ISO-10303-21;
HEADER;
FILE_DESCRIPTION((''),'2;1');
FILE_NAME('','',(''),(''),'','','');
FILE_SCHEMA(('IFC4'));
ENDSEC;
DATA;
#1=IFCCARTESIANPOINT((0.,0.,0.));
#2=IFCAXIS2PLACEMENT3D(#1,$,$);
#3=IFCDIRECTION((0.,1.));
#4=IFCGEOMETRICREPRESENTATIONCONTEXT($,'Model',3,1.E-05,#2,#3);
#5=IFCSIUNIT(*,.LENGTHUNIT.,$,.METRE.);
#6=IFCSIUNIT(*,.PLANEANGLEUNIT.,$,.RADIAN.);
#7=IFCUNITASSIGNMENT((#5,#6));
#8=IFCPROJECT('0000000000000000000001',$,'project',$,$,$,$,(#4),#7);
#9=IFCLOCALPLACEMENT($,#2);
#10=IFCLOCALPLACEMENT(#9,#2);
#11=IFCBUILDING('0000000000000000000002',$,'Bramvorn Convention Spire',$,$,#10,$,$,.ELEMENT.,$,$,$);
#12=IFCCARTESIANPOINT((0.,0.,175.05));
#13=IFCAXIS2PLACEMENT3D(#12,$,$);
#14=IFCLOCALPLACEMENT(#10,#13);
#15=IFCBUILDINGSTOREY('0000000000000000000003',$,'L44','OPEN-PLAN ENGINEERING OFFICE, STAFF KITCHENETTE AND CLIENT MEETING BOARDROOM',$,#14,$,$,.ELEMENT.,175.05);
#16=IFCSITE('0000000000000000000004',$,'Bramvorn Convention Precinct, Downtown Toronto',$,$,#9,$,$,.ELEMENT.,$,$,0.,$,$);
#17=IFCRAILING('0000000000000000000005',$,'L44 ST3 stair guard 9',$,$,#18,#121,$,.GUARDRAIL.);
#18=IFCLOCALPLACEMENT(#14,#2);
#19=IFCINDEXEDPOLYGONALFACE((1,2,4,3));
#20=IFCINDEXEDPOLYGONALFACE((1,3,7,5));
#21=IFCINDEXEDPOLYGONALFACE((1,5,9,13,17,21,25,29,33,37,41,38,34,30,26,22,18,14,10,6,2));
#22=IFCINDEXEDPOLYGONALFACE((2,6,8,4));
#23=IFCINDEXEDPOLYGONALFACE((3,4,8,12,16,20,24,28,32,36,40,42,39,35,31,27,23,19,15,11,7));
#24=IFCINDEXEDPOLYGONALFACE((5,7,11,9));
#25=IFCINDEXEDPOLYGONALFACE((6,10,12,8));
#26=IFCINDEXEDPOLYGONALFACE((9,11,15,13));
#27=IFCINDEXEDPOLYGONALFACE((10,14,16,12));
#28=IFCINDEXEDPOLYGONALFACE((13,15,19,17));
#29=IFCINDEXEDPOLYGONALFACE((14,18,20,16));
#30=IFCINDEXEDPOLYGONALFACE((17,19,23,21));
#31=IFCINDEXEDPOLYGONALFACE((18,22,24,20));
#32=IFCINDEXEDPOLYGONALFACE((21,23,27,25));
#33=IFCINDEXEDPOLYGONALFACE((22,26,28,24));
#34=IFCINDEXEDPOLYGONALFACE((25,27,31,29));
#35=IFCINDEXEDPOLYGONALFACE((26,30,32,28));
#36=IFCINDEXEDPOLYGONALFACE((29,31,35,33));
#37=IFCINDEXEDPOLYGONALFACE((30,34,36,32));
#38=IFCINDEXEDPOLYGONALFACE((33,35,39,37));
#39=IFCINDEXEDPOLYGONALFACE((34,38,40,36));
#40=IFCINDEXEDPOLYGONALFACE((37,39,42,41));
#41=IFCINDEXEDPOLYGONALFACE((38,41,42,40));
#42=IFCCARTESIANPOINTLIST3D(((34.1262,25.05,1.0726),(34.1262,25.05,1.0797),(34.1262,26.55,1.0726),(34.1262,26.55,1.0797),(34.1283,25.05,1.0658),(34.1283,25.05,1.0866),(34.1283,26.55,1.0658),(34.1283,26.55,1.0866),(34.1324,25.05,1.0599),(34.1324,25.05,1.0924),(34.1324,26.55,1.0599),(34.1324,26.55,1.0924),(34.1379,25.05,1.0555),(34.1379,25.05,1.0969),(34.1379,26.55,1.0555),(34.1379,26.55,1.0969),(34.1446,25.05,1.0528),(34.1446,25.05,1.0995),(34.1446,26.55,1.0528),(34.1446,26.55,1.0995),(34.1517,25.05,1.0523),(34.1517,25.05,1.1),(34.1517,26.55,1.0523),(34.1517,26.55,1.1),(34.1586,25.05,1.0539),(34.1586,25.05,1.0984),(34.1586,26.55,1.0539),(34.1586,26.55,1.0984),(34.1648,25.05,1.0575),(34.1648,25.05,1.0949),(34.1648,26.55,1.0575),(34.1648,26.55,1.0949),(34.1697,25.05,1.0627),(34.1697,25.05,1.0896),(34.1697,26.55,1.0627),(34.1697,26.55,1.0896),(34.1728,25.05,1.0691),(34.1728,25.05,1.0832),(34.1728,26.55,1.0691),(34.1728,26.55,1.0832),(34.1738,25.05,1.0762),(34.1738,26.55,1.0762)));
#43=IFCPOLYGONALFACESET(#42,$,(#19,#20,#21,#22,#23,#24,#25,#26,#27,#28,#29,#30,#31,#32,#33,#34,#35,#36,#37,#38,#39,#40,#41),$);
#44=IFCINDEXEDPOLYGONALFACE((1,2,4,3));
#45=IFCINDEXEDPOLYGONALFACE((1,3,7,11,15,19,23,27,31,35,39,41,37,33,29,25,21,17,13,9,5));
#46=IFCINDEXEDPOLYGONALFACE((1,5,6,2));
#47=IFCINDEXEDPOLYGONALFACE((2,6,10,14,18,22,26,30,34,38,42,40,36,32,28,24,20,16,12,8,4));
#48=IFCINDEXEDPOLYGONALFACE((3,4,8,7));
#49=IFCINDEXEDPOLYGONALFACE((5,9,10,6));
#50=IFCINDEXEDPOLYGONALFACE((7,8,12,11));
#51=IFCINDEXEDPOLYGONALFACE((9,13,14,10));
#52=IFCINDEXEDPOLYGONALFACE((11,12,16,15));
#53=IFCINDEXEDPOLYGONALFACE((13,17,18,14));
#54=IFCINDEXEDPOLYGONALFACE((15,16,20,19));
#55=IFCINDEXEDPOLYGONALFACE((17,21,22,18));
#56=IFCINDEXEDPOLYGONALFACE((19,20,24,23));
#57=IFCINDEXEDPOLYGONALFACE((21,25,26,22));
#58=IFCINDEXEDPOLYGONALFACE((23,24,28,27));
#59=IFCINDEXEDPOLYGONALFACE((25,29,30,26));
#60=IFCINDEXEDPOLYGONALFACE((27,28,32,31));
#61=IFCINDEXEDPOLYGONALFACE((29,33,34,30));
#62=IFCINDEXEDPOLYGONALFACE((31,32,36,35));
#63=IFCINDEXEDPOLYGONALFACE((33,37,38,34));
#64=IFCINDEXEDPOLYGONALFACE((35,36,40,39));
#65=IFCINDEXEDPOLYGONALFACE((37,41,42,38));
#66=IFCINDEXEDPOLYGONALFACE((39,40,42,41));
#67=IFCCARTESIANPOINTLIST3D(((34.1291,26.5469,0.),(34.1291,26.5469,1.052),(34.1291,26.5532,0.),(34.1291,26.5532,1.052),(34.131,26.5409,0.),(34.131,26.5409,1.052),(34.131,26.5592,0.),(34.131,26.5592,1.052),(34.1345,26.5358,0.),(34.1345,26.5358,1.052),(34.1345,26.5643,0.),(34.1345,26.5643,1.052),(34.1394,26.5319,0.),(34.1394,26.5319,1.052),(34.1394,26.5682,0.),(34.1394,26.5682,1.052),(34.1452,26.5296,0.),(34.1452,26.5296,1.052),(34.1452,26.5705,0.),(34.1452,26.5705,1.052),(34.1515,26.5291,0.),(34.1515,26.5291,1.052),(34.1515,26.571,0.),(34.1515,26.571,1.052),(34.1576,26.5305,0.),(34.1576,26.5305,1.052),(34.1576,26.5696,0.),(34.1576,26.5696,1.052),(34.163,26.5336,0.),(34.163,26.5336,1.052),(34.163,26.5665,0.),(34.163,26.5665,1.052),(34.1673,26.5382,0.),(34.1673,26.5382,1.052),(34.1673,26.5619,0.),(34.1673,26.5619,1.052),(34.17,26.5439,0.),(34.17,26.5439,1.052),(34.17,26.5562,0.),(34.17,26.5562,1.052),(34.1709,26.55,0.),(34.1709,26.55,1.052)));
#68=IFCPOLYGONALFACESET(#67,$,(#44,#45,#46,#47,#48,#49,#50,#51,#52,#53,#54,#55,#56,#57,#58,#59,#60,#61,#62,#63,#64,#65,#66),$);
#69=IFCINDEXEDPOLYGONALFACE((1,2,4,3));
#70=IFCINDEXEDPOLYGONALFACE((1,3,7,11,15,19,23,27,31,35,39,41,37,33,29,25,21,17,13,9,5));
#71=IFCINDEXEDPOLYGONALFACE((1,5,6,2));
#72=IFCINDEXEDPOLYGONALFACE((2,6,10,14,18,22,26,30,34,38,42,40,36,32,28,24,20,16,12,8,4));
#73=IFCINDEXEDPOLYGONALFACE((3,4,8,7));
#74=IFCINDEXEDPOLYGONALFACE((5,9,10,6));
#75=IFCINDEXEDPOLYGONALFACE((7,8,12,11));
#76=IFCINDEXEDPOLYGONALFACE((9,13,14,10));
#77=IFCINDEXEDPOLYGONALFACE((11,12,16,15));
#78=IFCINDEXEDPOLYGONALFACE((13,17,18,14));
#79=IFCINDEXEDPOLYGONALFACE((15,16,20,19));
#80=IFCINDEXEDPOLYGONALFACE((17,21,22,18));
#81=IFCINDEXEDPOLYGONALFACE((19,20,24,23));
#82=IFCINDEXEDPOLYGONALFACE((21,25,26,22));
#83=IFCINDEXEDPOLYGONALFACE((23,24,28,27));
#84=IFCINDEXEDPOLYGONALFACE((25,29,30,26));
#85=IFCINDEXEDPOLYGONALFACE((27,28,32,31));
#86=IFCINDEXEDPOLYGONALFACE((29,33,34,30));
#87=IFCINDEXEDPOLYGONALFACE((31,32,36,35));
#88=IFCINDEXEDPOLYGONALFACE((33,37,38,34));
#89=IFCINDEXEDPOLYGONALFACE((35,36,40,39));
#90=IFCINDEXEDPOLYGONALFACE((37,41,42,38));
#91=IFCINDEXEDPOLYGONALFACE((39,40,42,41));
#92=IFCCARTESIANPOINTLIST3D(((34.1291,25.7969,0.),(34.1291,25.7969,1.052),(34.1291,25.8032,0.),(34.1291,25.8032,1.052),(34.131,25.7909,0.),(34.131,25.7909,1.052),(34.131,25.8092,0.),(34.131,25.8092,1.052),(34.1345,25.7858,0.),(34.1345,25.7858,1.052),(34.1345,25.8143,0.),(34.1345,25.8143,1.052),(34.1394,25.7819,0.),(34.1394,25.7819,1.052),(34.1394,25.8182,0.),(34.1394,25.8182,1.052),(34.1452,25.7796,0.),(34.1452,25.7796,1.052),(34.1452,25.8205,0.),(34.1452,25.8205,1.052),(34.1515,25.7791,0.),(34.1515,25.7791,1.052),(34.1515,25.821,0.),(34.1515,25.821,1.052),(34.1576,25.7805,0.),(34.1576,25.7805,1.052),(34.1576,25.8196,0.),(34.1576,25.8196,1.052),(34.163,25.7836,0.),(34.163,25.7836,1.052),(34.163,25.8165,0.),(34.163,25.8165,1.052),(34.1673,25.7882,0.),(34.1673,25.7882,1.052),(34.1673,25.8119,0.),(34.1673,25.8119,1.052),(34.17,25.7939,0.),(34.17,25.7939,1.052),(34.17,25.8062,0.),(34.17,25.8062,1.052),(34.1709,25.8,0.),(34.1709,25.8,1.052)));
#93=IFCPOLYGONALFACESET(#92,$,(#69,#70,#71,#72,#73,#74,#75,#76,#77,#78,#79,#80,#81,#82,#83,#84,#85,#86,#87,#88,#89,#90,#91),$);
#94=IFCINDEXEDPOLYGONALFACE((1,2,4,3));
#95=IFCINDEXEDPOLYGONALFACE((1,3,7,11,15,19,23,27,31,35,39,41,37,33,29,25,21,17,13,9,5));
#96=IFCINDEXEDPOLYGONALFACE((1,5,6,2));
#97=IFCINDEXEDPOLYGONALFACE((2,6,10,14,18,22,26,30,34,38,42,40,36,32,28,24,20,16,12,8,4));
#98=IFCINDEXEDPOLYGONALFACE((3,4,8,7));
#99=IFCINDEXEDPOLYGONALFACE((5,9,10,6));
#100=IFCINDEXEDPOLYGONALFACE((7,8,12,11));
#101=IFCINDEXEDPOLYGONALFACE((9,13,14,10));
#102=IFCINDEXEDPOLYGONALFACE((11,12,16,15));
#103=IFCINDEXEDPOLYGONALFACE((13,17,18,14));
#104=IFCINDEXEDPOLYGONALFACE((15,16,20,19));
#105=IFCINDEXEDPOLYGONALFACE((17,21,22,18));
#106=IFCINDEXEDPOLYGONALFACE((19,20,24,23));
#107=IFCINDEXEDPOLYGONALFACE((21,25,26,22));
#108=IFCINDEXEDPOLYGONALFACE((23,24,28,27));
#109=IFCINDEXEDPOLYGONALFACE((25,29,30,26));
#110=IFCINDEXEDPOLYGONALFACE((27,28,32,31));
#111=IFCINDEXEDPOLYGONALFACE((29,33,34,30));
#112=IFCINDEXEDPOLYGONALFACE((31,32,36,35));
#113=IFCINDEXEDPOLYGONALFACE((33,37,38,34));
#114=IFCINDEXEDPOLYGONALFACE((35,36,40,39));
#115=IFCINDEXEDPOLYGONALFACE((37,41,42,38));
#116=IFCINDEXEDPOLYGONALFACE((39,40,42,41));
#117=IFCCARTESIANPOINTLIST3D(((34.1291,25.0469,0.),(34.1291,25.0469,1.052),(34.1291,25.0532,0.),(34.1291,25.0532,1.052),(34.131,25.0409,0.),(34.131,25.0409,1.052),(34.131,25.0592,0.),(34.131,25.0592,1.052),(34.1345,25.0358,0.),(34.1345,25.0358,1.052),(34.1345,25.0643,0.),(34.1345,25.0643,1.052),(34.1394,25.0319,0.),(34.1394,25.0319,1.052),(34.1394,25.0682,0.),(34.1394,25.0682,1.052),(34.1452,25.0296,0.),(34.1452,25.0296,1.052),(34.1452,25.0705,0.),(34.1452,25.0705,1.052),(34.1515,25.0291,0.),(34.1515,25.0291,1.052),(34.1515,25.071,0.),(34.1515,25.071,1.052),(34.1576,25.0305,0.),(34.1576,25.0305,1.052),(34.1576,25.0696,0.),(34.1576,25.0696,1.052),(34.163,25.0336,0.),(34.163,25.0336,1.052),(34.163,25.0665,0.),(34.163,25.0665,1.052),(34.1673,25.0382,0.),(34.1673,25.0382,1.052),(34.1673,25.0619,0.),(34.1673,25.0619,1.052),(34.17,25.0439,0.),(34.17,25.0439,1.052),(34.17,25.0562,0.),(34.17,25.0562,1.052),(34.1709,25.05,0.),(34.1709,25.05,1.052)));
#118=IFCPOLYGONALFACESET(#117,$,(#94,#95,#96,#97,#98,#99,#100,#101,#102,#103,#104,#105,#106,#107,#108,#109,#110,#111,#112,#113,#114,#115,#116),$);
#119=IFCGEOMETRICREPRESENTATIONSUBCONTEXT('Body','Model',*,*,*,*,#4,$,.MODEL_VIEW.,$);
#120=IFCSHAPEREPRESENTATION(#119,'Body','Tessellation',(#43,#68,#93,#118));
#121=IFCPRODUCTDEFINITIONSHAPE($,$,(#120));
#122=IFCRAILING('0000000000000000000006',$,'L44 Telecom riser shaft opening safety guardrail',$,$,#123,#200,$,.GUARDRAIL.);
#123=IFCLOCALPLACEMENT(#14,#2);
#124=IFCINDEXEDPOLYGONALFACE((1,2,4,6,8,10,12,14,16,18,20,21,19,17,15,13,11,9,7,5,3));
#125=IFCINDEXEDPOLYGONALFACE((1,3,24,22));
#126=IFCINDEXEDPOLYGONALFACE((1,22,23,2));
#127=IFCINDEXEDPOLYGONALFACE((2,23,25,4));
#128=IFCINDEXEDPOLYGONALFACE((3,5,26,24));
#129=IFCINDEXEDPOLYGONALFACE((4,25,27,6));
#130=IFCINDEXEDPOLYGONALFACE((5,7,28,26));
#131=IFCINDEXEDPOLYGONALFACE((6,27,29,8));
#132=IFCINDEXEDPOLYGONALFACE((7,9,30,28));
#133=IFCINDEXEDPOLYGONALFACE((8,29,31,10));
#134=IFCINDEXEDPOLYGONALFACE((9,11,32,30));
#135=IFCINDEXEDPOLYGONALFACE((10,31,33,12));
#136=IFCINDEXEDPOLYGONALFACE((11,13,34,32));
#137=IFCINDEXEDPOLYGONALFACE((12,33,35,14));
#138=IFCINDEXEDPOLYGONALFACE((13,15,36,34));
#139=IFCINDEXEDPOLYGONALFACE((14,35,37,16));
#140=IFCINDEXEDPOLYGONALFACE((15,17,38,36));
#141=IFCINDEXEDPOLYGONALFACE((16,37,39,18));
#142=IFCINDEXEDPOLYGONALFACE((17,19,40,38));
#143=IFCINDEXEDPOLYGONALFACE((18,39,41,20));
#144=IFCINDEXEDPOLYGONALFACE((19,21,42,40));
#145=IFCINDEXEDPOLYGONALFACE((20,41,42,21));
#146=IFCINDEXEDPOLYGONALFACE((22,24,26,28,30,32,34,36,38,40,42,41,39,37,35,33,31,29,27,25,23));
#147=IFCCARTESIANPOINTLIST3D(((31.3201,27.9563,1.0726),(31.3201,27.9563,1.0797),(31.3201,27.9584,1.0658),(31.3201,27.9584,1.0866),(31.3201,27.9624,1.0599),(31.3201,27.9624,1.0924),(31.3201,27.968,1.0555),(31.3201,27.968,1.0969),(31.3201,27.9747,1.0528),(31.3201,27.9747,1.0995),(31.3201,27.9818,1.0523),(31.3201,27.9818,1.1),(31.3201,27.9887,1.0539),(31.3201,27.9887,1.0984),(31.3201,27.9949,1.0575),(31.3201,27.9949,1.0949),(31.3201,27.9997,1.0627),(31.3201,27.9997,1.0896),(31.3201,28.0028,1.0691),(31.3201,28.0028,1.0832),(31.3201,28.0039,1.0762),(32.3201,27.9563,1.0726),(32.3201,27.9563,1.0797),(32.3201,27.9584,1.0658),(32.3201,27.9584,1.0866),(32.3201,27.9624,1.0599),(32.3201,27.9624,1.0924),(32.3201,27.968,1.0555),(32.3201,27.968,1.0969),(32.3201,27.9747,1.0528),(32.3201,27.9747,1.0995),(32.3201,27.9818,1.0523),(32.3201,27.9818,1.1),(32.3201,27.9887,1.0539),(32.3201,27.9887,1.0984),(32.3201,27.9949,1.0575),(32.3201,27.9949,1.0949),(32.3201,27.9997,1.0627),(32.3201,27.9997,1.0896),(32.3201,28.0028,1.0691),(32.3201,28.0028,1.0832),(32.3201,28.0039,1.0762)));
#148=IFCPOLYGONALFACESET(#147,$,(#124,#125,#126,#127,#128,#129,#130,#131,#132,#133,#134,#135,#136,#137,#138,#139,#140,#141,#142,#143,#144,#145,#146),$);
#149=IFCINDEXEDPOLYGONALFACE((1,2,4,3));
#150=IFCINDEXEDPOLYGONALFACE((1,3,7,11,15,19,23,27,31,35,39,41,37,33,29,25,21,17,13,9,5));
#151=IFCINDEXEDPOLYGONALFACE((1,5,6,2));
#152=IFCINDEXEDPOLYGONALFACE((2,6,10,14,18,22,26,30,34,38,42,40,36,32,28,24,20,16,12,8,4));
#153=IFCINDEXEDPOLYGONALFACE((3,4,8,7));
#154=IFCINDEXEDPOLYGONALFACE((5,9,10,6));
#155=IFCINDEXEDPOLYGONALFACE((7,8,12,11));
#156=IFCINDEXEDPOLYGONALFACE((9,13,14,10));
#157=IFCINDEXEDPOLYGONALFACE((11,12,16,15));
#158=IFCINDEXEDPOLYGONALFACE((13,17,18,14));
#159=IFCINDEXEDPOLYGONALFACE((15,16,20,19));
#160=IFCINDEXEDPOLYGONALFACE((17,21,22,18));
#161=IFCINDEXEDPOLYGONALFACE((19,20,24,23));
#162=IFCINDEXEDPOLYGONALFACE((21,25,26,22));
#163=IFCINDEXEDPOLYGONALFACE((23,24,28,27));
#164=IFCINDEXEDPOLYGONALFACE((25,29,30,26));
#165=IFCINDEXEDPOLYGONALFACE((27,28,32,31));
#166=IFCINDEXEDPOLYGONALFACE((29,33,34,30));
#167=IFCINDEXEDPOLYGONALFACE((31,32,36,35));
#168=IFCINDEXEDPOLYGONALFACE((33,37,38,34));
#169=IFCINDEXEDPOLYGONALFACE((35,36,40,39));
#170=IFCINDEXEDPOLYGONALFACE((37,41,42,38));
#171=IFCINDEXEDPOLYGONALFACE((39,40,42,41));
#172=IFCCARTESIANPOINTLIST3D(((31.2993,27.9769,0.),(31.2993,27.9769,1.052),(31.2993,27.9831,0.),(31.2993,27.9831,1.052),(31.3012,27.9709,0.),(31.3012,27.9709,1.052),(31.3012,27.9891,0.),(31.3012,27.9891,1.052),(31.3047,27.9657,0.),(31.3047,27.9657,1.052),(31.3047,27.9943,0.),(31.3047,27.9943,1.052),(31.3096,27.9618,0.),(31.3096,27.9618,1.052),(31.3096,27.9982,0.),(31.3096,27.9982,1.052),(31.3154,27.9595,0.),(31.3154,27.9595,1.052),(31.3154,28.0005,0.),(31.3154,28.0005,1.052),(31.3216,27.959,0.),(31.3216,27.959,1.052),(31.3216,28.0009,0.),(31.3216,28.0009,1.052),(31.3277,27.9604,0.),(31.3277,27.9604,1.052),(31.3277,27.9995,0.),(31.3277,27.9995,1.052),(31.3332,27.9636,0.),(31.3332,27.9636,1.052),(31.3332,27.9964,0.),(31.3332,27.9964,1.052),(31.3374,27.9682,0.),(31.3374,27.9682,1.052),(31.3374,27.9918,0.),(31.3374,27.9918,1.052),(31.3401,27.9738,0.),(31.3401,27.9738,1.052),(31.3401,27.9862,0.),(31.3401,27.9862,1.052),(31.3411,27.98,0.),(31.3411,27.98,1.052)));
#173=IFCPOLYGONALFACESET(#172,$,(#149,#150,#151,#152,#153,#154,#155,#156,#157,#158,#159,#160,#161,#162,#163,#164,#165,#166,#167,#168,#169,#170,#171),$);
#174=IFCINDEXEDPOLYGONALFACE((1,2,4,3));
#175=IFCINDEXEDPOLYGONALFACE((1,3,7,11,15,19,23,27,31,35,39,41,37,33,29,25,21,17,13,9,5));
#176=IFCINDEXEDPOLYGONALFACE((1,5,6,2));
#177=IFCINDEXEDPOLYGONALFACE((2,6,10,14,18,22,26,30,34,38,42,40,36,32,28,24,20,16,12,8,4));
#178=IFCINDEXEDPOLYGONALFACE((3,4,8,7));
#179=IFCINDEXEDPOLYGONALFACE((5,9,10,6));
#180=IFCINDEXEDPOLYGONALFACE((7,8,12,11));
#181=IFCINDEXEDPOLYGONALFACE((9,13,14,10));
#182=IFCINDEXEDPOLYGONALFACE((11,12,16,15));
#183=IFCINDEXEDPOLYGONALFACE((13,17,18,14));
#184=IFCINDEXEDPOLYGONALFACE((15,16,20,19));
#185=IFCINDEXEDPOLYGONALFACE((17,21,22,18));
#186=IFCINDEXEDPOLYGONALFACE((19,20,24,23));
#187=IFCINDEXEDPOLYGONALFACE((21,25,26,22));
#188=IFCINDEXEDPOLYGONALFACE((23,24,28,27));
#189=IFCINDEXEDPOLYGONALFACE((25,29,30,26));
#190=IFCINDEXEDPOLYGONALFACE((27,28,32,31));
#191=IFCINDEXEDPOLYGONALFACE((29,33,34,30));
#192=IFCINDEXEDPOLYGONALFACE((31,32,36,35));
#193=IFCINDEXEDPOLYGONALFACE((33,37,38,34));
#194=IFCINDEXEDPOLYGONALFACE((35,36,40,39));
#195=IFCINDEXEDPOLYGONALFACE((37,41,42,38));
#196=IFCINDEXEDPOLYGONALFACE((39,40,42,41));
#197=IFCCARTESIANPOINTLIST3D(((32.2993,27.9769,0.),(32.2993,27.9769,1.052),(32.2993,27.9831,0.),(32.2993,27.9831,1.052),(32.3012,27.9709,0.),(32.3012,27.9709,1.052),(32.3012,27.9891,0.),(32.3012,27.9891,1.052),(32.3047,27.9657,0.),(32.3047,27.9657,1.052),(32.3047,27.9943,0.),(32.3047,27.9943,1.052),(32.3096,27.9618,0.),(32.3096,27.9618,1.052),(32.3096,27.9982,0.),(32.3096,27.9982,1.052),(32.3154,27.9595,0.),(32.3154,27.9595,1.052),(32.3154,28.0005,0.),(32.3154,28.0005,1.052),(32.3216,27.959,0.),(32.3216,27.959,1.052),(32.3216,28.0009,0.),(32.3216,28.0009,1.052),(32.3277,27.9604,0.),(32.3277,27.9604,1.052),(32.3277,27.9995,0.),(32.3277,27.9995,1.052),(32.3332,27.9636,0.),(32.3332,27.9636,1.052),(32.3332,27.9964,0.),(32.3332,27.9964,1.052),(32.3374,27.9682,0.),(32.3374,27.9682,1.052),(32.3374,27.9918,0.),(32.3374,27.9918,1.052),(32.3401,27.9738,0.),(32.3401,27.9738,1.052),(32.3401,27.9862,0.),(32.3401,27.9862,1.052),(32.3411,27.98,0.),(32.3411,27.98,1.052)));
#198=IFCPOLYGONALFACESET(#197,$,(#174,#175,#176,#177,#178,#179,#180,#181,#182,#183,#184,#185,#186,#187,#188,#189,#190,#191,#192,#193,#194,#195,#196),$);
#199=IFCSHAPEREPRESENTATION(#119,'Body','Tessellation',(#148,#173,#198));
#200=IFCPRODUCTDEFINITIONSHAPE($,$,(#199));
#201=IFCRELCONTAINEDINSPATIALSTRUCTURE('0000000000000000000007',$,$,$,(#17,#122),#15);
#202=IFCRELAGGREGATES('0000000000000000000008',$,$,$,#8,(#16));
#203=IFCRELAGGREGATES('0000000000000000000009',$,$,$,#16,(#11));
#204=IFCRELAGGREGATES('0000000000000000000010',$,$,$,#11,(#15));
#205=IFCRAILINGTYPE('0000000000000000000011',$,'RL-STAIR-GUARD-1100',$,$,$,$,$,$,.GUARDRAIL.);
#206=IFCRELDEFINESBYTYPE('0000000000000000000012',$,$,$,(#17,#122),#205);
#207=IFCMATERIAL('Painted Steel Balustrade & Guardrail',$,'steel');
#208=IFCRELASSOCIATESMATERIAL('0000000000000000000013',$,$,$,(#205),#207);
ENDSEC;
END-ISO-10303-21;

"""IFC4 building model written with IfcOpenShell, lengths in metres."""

from ifc_helpers import new_model, si_unit, direction, frame, origin, origin_2d, place, context, subcontext, project, spatial, circle, extrude, material, type_object, element, save


model = new_model("IFC4")

# Units and contexts
model_context = context("Model", 3, precision=1e-05, world=origin(), true_north=direction((0.0, 1.0)))
body_context = subcontext(model_context, "Body", "Model", "MODEL_VIEW")
ifc_project = project(units=[si_unit("LENGTHUNIT", "METRE"), si_unit("PLANEANGLEUNIT", "RADIAN")], contexts=[model_context])

# Site, building, storey
site_placement = place(None, origin())
site = spatial("IfcSite", under=ifc_project, at=site_placement, Name="Bramvorn Convention Precinct, Downtown Toronto", CompositionType="ELEMENT", RefElevation=0.0)
building_placement = place(site_placement, origin())
building = spatial("IfcBuilding", under=site, at=building_placement, Name="Bramvorn Convention Spire", CompositionType="ELEMENT")
storey_placement = place(building_placement, frame((0.0, 0.0, 175.05)))
storey = spatial("IfcBuildingStorey", under=building, at=storey_placement, Name="L44", Description="OPEN-PLAN ENGINEERING OFFICE, STAFF KITCHENETTE AND CLIENT MEETING BOARDROOM", CompositionType="ELEMENT", Elevation=175.05)

# Railings
ifc_material_1 = material(Name="Painted Steel Balustrade & Guardrail", Category="steel")
railing_type = type_object("IfcRailingType", Name="RL-STAIR-GUARD-1100", PredefinedType="GUARDRAIL", material=ifc_material_1)
for number, where, name in (
    (1, (34.1499, 26.55, 0.0), "L44 ST3 stair guard 9"),
):
    element("IfcRailing", number, at=place(storey_placement, frame(where)), inside=storey, type_object=railing_type, Name=name, PredefinedType="GUARDRAIL", context=body_context, shape_type="SweptSolid", body=[
        extrude(circle(Radius=0.0239, at=origin_2d()), frame((0.0, 0.0, 1.0762), z_axis=(0.0, -1.0, 0.0), x_axis=(1.0, 0.0, 0.0)), (0.0, 0.0, 1.0), 1.5),
        extrude(circle(Radius=0.021, at=origin_2d()), origin(), (0.0, 0.0, 1.0), 1.052),
        extrude(circle(Radius=0.021, at=origin_2d()), frame((0.0, -0.75, 0.0)), (0.0, 0.0, 1.0), 1.052),
        extrude(circle(Radius=0.021, at=origin_2d()), frame((0.0, -1.5, 0.0)), (0.0, 0.0, 1.0), 1.052),
    ])
railing_1_placement = place(storey_placement, frame((31.3201, 27.98, 0.0)))
element("IfcRailing", 2, at=railing_1_placement, inside=storey, type_object=railing_type, Name="L44 Telecom riser shaft opening safety guardrail", PredefinedType="GUARDRAIL", context=body_context, shape_type="SweptSolid", body=[
    extrude(circle(Radius=0.0239, at=origin_2d()), frame((0.0, 0.0, 1.0762), z_axis=(1.0, 0.0, 0.0), x_axis=(0.0, 1.0, 0.0)), (0.0, 0.0, 1.0), 1.0),
    extrude(circle(Radius=0.021, at=origin_2d()), origin(), (0.0, 0.0, 1.0), 1.052),
    extrude(circle(Radius=0.021, at=origin_2d()), frame((1.0, 0.0, 0.0)), (0.0, 0.0, 1.0), 1.052),
])

save(model, "model.ifc")
